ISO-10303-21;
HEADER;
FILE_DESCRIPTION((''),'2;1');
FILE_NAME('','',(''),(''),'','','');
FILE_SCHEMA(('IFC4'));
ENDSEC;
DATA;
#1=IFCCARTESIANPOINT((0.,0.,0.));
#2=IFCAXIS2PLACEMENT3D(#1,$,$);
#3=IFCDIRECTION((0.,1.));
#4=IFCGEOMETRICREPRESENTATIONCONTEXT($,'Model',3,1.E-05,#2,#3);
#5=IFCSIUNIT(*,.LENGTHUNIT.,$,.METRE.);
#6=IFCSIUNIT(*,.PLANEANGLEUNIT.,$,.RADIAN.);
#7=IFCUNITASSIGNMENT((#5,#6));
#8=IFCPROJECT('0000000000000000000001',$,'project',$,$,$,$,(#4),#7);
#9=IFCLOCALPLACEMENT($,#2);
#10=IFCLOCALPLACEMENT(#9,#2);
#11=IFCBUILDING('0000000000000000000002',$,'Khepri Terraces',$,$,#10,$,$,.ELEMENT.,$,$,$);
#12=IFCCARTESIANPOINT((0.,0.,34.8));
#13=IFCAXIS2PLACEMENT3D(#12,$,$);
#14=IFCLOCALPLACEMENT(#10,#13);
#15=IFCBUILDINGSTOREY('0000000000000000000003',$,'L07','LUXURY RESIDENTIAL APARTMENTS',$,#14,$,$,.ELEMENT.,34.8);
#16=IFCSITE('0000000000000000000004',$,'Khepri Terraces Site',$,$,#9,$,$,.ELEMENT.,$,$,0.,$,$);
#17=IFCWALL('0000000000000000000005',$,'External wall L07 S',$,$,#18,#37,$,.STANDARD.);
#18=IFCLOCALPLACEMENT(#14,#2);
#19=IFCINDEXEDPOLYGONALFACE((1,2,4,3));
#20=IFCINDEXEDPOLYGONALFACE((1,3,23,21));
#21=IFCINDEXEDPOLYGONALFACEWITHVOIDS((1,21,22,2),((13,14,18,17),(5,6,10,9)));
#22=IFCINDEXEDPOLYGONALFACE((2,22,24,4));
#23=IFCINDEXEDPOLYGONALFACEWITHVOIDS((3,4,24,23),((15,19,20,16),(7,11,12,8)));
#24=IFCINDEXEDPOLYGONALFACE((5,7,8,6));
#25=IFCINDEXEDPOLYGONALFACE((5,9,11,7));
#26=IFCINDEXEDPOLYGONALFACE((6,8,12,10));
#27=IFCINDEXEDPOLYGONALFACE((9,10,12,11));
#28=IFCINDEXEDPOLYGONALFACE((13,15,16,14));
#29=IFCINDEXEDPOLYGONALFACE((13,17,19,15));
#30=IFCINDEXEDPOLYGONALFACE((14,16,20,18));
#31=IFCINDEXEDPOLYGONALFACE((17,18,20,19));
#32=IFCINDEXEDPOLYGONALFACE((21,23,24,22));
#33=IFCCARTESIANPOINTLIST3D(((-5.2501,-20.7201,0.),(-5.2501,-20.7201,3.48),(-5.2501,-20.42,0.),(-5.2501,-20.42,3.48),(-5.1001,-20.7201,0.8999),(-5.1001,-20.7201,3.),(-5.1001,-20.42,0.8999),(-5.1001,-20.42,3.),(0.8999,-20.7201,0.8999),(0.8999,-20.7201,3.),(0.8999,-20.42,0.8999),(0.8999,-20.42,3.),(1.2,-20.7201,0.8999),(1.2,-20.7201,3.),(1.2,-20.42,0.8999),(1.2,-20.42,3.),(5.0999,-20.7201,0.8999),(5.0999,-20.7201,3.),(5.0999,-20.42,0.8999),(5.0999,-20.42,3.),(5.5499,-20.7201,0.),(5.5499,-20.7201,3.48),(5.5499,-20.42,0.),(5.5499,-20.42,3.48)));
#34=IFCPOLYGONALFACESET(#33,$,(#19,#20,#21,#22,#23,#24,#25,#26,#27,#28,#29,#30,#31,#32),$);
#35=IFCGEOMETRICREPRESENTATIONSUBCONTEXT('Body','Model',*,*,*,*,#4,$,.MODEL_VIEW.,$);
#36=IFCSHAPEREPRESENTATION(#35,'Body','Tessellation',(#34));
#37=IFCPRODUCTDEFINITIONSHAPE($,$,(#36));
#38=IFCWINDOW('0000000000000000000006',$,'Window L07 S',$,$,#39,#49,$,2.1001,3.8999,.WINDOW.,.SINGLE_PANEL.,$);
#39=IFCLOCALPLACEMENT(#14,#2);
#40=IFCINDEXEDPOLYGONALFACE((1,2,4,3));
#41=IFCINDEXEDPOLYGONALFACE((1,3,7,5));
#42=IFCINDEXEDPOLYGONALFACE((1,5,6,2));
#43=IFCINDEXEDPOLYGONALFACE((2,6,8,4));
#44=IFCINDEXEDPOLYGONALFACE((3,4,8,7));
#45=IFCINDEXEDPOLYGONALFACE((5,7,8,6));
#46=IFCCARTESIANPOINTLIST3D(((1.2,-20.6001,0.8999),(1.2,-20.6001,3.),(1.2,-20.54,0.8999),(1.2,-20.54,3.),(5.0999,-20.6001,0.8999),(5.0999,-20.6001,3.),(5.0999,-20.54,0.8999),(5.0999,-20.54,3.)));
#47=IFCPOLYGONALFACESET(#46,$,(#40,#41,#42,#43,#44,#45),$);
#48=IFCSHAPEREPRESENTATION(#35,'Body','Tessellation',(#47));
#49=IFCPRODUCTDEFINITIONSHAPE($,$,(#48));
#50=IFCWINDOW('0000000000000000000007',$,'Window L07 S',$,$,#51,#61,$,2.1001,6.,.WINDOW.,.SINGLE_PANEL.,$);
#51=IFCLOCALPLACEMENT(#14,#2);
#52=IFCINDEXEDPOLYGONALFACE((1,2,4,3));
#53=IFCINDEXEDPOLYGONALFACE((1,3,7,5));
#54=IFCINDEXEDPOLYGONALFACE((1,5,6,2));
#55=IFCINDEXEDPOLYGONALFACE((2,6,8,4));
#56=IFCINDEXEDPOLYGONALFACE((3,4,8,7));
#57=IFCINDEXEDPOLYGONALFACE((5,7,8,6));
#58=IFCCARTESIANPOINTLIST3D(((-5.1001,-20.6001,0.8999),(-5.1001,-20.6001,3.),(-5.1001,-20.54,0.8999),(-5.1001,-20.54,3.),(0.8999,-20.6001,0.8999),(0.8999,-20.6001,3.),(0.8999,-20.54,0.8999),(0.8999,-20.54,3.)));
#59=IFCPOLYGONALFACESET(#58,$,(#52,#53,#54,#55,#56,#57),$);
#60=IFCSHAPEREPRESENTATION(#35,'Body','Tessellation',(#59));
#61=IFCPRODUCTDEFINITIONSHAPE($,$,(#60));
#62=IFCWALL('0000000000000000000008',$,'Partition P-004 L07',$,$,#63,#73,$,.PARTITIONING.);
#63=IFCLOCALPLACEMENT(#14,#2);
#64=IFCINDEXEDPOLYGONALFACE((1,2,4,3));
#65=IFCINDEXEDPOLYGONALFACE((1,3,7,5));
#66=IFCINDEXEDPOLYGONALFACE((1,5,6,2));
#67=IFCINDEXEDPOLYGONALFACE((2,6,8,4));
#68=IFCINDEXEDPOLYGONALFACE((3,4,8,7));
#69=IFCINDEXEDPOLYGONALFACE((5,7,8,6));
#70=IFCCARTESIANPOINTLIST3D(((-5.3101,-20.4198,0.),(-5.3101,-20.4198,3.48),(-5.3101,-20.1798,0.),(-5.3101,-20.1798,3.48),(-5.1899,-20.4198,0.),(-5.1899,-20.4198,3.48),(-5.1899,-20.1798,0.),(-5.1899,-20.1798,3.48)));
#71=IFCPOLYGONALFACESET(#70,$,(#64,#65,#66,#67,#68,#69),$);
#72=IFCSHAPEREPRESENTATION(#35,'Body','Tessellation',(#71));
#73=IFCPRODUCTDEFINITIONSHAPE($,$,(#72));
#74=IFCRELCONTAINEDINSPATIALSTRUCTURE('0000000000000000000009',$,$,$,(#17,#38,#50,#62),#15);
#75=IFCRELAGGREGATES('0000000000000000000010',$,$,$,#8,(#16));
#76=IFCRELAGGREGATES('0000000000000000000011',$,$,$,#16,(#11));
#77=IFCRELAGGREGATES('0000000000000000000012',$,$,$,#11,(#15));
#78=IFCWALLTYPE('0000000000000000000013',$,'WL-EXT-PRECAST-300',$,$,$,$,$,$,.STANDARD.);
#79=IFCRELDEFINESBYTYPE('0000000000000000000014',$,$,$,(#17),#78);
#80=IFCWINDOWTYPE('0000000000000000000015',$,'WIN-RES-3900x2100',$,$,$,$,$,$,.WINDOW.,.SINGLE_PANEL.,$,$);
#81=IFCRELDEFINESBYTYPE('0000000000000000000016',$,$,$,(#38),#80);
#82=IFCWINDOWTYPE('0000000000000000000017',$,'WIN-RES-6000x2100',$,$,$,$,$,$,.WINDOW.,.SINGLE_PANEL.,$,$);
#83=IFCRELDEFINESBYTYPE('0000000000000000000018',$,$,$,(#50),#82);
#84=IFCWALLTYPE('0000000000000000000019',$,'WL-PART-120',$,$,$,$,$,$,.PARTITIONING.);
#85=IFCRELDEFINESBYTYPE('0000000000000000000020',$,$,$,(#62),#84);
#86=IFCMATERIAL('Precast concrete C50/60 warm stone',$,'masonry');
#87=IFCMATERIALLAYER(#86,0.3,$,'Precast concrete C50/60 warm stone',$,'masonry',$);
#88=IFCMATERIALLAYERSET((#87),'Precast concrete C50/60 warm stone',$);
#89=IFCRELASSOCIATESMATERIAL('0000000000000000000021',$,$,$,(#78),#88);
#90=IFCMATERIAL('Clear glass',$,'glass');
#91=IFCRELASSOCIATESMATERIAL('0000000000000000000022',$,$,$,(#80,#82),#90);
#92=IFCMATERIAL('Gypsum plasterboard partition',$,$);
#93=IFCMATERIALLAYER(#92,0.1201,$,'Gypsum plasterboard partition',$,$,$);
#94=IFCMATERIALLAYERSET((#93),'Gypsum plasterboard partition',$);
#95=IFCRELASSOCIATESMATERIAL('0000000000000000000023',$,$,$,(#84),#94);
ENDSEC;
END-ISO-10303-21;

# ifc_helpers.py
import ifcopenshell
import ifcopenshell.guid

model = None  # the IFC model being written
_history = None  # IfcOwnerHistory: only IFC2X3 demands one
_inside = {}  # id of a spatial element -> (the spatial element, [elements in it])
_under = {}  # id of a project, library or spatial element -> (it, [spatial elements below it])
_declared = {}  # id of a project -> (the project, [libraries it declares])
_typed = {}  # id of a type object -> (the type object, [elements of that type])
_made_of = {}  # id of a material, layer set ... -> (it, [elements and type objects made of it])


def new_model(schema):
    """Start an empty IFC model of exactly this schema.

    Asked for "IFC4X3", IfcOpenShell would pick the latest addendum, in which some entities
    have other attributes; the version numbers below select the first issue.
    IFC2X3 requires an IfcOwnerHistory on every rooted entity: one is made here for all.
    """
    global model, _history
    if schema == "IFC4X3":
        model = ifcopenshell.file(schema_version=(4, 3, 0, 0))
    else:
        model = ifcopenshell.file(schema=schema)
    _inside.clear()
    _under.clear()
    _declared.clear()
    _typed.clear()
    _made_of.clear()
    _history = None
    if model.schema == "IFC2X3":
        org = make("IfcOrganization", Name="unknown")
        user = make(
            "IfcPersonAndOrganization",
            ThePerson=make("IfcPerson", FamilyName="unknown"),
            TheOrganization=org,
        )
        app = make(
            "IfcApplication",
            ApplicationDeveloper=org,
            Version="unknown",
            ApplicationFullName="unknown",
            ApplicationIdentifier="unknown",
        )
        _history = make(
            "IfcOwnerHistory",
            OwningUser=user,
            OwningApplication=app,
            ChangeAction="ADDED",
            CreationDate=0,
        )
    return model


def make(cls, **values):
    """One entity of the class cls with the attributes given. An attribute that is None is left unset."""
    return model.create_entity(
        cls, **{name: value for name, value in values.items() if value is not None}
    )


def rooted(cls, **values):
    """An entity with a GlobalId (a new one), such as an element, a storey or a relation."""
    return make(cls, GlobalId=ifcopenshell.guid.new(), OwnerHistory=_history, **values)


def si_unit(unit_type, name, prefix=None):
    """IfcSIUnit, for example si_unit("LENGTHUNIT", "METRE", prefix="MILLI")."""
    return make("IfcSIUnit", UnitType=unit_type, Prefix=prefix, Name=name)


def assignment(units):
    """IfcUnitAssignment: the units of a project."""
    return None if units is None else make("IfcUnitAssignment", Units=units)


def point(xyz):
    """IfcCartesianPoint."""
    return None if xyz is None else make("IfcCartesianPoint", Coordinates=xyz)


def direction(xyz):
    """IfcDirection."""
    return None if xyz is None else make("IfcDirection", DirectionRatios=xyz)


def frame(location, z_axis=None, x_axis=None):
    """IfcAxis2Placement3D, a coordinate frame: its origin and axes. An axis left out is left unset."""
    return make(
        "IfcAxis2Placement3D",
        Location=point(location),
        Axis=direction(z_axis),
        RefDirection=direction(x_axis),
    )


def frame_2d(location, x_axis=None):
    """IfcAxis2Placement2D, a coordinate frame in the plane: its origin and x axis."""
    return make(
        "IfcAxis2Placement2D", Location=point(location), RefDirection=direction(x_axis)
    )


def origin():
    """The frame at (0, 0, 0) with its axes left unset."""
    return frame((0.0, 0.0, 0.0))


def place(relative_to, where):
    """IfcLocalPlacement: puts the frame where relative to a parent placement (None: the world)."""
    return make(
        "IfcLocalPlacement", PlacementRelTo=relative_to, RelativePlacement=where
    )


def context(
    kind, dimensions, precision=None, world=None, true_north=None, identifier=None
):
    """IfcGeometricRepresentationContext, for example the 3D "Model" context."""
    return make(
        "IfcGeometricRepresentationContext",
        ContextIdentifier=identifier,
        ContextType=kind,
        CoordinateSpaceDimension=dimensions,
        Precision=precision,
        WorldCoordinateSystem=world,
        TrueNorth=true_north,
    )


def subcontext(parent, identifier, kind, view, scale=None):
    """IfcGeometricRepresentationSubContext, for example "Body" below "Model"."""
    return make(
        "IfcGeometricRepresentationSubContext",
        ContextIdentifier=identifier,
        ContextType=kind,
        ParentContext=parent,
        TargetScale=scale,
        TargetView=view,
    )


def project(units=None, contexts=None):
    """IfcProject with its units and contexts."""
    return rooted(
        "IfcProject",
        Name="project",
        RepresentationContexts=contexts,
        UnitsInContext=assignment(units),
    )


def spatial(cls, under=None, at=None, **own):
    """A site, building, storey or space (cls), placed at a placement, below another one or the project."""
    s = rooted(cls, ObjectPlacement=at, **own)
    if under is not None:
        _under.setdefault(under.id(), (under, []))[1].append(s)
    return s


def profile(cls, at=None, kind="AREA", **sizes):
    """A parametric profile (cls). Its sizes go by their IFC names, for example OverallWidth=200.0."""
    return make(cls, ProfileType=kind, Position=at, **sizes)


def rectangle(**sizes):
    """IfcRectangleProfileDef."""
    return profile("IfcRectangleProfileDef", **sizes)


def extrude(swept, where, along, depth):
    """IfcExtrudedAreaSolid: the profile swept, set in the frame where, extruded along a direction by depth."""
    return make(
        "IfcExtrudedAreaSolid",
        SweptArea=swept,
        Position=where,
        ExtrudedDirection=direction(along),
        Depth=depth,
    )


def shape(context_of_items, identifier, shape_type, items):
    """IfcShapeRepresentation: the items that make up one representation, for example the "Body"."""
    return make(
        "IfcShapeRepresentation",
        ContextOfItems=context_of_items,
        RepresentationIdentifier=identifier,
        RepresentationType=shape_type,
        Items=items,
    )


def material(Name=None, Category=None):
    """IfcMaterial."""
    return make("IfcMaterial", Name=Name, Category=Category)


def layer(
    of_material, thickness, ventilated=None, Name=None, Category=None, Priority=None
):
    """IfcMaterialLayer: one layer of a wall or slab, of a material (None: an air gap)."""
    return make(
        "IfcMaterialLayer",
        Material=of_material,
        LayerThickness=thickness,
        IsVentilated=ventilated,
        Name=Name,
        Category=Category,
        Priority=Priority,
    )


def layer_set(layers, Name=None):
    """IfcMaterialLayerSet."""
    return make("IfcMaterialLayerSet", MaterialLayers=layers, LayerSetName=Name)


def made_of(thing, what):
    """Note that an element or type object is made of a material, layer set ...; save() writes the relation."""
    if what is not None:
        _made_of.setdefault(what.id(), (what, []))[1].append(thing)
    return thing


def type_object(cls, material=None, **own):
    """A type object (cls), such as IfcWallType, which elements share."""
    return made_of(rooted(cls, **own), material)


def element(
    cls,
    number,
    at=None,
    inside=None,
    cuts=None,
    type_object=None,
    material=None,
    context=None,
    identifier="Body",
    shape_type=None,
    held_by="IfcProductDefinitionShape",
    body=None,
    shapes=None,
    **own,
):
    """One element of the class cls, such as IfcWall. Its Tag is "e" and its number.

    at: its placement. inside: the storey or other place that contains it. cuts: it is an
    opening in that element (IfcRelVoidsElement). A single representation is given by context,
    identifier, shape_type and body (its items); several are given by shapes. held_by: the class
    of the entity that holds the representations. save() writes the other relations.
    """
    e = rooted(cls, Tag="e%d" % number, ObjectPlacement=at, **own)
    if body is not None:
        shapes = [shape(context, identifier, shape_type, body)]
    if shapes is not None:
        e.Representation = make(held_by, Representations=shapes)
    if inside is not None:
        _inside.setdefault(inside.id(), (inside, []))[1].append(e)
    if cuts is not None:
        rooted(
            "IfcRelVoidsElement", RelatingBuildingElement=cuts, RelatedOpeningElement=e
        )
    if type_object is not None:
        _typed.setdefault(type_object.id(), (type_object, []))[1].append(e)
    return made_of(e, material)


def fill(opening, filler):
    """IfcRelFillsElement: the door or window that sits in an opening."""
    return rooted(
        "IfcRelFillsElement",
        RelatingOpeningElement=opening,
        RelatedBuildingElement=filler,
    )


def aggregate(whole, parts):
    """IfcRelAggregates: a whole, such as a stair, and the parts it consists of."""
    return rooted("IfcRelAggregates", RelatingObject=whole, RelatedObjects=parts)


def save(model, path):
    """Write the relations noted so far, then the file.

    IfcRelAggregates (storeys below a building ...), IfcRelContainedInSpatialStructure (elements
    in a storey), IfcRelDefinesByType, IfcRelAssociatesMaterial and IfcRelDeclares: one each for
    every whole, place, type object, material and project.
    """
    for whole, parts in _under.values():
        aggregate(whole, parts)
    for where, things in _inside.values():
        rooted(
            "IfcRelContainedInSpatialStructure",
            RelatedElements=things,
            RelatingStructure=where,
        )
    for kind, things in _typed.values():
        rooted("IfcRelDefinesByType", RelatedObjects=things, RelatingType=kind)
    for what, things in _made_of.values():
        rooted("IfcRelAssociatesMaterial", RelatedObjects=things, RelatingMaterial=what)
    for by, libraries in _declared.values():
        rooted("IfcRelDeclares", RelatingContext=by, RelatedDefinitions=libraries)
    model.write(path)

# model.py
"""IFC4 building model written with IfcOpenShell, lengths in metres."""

from ifc_helpers import new_model, si_unit, direction, frame, frame_2d, origin, place, context, subcontext, project, spatial, rectangle, extrude, material, layer, layer_set, type_object, element, fill, save


model = new_model("IFC4")

# Units and contexts
model_context = context("Model", 3, precision=1e-05, world=origin(), true_north=direction((0.0, 1.0)))
body_context = subcontext(model_context, "Body", "Model", "MODEL_VIEW")
ifc_project = project(units=[si_unit("LENGTHUNIT", "METRE"), si_unit("PLANEANGLEUNIT", "RADIAN")], contexts=[model_context])

# Site, building, storey
site_placement = place(None, origin())
site = spatial("IfcSite", under=ifc_project, at=site_placement, Name="Khepri Terraces Site", CompositionType="ELEMENT", RefElevation=0.0)
building_placement = place(site_placement, origin())
building = spatial("IfcBuilding", under=site, at=building_placement, Name="Khepri Terraces", CompositionType="ELEMENT")
storey_placement = place(building_placement, frame((0.0, 0.0, 34.8)))
storey = spatial("IfcBuildingStorey", under=building, at=storey_placement, Name="L07", Description="LUXURY RESIDENTIAL APARTMENTS", CompositionType="ELEMENT", Elevation=34.8)

# Shared definitions
ifc_material_1 = material(Name="Precast concrete C50/60 warm stone", Category="masonry")
ifc_layer_1 = layer(ifc_material_1, 0.3, Name="Precast concrete C50/60 warm stone", Category="masonry")
ifc_layer_set_1 = layer_set([ifc_layer_1], Name="Precast concrete C50/60 warm stone")
wall_type_1 = type_object("IfcWallType", Name="WL-EXT-PRECAST-300", PredefinedType="STANDARD", material=ifc_layer_set_1)

# Wall, openings, windows
wall_1_placement = place(storey_placement, frame((-5.25, -20.5701, 0.0), z_axis=(0.0, 0.0, 1.0), x_axis=(1.0, 0.0, 0.0)))
wall_1 = element("IfcWall", 1, at=wall_1_placement, inside=storey, type_object=wall_type_1, Name="External wall L07 S", PredefinedType="STANDARD", context=body_context, shape_type="SweptSolid", body=[
    extrude(rectangle(XDim=10.8, YDim=0.3, at=frame_2d((5.3999, 0.0))), origin(), (0.0, 0.0, 1.0), 3.48),
])
opening_1_placement = place(wall_1_placement, frame((0.1499, 0.0, 0.8999)))
opening_1 = element("IfcOpeningElement", 2, at=opening_1_placement, cuts=wall_1, PredefinedType="OPENING", context=body_context, shape_type="SweptSolid", body=[
    extrude(rectangle(XDim=6.0, YDim=2.1001, at=frame_2d((3.0, 1.05))), frame((0.0, 0.1602, 0.0), z_axis=(0.0, -1.0, 0.0), x_axis=(1.0, 0.0, 0.0)), (0.0, 0.0, 1.0), 0.3201),
])
opening_2_placement = place(wall_1_placement, frame((6.45, 0.0, 0.8999)))
opening_2 = element("IfcOpeningElement", 3, at=opening_2_placement, cuts=wall_1, PredefinedType="OPENING", context=body_context, shape_type="SweptSolid", body=[
    extrude(rectangle(XDim=3.8999, YDim=2.1001, at=frame_2d((1.95, 1.05))), frame((0.0, 0.1602, 0.0), z_axis=(0.0, -1.0, 0.0), x_axis=(1.0, 0.0, 0.0)), (0.0, 0.0, 1.0), 0.3201),
])
ifc_material_2 = material(Name="Clear glass", Category="glass")
window_type_1 = type_object("IfcWindowType", Name="WIN-RES-3900x2100", PartitioningType="SINGLE_PANEL", PredefinedType="WINDOW", material=ifc_material_2)
window_1_placement = place(opening_2_placement, origin())
window_1 = element("IfcWindow", 4, at=window_1_placement, inside=storey, type_object=window_type_1, Name="Window L07 S", OverallHeight=2.1001, OverallWidth=3.8999, PartitioningType="SINGLE_PANEL", PredefinedType="WINDOW", context=body_context, shape_type="SweptSolid", body=[
    extrude(rectangle(XDim=3.8999, YDim=2.1001, at=frame_2d((1.95, 1.05))), frame((0.0, 0.03, 0.0), z_axis=(0.0, -1.0, 0.0), x_axis=(1.0, 0.0, 0.0)), (0.0, 0.0, 1.0), 0.0601),
])
fill(opening_2, window_1)
window_type_2 = type_object("IfcWindowType", Name="WIN-RES-6000x2100", PartitioningType="SINGLE_PANEL", PredefinedType="WINDOW", material=ifc_material_2)
window_2_placement = place(opening_1_placement, origin())
window_2 = element("IfcWindow", 5, at=window_2_placement, inside=storey, type_object=window_type_2, Name="Window L07 S", OverallHeight=2.1001, OverallWidth=6.0, PartitioningType="SINGLE_PANEL", PredefinedType="WINDOW", context=body_context, shape_type="SweptSolid", body=[
    extrude(rectangle(XDim=6.0, YDim=2.1001, at=frame_2d((3.0, 1.05))), frame((0.0, 0.03, 0.0), z_axis=(0.0, -1.0, 0.0), x_axis=(1.0, 0.0, 0.0)), (0.0, 0.0, 1.0), 0.0601),
])
fill(opening_1, window_2)

# Wall
ifc_material_3 = material(Name="Gypsum plasterboard partition")
ifc_layer_2 = layer(ifc_material_3, 0.1201, Name="Gypsum plasterboard partition")
ifc_layer_set_2 = layer_set([ifc_layer_2], Name="Gypsum plasterboard partition")
wall_type_2 = type_object("IfcWallType", Name="WL-PART-120", PredefinedType="PARTITIONING", material=ifc_layer_set_2)
wall_2_placement = place(storey_placement, frame((-5.25, -20.4199, 0.0), z_axis=(0.0, 0.0, 1.0), x_axis=(0.0, 1.0, 0.0)))
element("IfcWall", 6, at=wall_2_placement, inside=storey, type_object=wall_type_2, Name="Partition P-004 L07", PredefinedType="PARTITIONING", context=body_context, shape_type="SweptSolid", body=[
    extrude(rectangle(XDim=0.24, YDim=0.1201, at=frame_2d((0.1201, 0.0))), origin(), (0.0, 0.0, 1.0), 3.48),
])

save(model, "model.ifc")
